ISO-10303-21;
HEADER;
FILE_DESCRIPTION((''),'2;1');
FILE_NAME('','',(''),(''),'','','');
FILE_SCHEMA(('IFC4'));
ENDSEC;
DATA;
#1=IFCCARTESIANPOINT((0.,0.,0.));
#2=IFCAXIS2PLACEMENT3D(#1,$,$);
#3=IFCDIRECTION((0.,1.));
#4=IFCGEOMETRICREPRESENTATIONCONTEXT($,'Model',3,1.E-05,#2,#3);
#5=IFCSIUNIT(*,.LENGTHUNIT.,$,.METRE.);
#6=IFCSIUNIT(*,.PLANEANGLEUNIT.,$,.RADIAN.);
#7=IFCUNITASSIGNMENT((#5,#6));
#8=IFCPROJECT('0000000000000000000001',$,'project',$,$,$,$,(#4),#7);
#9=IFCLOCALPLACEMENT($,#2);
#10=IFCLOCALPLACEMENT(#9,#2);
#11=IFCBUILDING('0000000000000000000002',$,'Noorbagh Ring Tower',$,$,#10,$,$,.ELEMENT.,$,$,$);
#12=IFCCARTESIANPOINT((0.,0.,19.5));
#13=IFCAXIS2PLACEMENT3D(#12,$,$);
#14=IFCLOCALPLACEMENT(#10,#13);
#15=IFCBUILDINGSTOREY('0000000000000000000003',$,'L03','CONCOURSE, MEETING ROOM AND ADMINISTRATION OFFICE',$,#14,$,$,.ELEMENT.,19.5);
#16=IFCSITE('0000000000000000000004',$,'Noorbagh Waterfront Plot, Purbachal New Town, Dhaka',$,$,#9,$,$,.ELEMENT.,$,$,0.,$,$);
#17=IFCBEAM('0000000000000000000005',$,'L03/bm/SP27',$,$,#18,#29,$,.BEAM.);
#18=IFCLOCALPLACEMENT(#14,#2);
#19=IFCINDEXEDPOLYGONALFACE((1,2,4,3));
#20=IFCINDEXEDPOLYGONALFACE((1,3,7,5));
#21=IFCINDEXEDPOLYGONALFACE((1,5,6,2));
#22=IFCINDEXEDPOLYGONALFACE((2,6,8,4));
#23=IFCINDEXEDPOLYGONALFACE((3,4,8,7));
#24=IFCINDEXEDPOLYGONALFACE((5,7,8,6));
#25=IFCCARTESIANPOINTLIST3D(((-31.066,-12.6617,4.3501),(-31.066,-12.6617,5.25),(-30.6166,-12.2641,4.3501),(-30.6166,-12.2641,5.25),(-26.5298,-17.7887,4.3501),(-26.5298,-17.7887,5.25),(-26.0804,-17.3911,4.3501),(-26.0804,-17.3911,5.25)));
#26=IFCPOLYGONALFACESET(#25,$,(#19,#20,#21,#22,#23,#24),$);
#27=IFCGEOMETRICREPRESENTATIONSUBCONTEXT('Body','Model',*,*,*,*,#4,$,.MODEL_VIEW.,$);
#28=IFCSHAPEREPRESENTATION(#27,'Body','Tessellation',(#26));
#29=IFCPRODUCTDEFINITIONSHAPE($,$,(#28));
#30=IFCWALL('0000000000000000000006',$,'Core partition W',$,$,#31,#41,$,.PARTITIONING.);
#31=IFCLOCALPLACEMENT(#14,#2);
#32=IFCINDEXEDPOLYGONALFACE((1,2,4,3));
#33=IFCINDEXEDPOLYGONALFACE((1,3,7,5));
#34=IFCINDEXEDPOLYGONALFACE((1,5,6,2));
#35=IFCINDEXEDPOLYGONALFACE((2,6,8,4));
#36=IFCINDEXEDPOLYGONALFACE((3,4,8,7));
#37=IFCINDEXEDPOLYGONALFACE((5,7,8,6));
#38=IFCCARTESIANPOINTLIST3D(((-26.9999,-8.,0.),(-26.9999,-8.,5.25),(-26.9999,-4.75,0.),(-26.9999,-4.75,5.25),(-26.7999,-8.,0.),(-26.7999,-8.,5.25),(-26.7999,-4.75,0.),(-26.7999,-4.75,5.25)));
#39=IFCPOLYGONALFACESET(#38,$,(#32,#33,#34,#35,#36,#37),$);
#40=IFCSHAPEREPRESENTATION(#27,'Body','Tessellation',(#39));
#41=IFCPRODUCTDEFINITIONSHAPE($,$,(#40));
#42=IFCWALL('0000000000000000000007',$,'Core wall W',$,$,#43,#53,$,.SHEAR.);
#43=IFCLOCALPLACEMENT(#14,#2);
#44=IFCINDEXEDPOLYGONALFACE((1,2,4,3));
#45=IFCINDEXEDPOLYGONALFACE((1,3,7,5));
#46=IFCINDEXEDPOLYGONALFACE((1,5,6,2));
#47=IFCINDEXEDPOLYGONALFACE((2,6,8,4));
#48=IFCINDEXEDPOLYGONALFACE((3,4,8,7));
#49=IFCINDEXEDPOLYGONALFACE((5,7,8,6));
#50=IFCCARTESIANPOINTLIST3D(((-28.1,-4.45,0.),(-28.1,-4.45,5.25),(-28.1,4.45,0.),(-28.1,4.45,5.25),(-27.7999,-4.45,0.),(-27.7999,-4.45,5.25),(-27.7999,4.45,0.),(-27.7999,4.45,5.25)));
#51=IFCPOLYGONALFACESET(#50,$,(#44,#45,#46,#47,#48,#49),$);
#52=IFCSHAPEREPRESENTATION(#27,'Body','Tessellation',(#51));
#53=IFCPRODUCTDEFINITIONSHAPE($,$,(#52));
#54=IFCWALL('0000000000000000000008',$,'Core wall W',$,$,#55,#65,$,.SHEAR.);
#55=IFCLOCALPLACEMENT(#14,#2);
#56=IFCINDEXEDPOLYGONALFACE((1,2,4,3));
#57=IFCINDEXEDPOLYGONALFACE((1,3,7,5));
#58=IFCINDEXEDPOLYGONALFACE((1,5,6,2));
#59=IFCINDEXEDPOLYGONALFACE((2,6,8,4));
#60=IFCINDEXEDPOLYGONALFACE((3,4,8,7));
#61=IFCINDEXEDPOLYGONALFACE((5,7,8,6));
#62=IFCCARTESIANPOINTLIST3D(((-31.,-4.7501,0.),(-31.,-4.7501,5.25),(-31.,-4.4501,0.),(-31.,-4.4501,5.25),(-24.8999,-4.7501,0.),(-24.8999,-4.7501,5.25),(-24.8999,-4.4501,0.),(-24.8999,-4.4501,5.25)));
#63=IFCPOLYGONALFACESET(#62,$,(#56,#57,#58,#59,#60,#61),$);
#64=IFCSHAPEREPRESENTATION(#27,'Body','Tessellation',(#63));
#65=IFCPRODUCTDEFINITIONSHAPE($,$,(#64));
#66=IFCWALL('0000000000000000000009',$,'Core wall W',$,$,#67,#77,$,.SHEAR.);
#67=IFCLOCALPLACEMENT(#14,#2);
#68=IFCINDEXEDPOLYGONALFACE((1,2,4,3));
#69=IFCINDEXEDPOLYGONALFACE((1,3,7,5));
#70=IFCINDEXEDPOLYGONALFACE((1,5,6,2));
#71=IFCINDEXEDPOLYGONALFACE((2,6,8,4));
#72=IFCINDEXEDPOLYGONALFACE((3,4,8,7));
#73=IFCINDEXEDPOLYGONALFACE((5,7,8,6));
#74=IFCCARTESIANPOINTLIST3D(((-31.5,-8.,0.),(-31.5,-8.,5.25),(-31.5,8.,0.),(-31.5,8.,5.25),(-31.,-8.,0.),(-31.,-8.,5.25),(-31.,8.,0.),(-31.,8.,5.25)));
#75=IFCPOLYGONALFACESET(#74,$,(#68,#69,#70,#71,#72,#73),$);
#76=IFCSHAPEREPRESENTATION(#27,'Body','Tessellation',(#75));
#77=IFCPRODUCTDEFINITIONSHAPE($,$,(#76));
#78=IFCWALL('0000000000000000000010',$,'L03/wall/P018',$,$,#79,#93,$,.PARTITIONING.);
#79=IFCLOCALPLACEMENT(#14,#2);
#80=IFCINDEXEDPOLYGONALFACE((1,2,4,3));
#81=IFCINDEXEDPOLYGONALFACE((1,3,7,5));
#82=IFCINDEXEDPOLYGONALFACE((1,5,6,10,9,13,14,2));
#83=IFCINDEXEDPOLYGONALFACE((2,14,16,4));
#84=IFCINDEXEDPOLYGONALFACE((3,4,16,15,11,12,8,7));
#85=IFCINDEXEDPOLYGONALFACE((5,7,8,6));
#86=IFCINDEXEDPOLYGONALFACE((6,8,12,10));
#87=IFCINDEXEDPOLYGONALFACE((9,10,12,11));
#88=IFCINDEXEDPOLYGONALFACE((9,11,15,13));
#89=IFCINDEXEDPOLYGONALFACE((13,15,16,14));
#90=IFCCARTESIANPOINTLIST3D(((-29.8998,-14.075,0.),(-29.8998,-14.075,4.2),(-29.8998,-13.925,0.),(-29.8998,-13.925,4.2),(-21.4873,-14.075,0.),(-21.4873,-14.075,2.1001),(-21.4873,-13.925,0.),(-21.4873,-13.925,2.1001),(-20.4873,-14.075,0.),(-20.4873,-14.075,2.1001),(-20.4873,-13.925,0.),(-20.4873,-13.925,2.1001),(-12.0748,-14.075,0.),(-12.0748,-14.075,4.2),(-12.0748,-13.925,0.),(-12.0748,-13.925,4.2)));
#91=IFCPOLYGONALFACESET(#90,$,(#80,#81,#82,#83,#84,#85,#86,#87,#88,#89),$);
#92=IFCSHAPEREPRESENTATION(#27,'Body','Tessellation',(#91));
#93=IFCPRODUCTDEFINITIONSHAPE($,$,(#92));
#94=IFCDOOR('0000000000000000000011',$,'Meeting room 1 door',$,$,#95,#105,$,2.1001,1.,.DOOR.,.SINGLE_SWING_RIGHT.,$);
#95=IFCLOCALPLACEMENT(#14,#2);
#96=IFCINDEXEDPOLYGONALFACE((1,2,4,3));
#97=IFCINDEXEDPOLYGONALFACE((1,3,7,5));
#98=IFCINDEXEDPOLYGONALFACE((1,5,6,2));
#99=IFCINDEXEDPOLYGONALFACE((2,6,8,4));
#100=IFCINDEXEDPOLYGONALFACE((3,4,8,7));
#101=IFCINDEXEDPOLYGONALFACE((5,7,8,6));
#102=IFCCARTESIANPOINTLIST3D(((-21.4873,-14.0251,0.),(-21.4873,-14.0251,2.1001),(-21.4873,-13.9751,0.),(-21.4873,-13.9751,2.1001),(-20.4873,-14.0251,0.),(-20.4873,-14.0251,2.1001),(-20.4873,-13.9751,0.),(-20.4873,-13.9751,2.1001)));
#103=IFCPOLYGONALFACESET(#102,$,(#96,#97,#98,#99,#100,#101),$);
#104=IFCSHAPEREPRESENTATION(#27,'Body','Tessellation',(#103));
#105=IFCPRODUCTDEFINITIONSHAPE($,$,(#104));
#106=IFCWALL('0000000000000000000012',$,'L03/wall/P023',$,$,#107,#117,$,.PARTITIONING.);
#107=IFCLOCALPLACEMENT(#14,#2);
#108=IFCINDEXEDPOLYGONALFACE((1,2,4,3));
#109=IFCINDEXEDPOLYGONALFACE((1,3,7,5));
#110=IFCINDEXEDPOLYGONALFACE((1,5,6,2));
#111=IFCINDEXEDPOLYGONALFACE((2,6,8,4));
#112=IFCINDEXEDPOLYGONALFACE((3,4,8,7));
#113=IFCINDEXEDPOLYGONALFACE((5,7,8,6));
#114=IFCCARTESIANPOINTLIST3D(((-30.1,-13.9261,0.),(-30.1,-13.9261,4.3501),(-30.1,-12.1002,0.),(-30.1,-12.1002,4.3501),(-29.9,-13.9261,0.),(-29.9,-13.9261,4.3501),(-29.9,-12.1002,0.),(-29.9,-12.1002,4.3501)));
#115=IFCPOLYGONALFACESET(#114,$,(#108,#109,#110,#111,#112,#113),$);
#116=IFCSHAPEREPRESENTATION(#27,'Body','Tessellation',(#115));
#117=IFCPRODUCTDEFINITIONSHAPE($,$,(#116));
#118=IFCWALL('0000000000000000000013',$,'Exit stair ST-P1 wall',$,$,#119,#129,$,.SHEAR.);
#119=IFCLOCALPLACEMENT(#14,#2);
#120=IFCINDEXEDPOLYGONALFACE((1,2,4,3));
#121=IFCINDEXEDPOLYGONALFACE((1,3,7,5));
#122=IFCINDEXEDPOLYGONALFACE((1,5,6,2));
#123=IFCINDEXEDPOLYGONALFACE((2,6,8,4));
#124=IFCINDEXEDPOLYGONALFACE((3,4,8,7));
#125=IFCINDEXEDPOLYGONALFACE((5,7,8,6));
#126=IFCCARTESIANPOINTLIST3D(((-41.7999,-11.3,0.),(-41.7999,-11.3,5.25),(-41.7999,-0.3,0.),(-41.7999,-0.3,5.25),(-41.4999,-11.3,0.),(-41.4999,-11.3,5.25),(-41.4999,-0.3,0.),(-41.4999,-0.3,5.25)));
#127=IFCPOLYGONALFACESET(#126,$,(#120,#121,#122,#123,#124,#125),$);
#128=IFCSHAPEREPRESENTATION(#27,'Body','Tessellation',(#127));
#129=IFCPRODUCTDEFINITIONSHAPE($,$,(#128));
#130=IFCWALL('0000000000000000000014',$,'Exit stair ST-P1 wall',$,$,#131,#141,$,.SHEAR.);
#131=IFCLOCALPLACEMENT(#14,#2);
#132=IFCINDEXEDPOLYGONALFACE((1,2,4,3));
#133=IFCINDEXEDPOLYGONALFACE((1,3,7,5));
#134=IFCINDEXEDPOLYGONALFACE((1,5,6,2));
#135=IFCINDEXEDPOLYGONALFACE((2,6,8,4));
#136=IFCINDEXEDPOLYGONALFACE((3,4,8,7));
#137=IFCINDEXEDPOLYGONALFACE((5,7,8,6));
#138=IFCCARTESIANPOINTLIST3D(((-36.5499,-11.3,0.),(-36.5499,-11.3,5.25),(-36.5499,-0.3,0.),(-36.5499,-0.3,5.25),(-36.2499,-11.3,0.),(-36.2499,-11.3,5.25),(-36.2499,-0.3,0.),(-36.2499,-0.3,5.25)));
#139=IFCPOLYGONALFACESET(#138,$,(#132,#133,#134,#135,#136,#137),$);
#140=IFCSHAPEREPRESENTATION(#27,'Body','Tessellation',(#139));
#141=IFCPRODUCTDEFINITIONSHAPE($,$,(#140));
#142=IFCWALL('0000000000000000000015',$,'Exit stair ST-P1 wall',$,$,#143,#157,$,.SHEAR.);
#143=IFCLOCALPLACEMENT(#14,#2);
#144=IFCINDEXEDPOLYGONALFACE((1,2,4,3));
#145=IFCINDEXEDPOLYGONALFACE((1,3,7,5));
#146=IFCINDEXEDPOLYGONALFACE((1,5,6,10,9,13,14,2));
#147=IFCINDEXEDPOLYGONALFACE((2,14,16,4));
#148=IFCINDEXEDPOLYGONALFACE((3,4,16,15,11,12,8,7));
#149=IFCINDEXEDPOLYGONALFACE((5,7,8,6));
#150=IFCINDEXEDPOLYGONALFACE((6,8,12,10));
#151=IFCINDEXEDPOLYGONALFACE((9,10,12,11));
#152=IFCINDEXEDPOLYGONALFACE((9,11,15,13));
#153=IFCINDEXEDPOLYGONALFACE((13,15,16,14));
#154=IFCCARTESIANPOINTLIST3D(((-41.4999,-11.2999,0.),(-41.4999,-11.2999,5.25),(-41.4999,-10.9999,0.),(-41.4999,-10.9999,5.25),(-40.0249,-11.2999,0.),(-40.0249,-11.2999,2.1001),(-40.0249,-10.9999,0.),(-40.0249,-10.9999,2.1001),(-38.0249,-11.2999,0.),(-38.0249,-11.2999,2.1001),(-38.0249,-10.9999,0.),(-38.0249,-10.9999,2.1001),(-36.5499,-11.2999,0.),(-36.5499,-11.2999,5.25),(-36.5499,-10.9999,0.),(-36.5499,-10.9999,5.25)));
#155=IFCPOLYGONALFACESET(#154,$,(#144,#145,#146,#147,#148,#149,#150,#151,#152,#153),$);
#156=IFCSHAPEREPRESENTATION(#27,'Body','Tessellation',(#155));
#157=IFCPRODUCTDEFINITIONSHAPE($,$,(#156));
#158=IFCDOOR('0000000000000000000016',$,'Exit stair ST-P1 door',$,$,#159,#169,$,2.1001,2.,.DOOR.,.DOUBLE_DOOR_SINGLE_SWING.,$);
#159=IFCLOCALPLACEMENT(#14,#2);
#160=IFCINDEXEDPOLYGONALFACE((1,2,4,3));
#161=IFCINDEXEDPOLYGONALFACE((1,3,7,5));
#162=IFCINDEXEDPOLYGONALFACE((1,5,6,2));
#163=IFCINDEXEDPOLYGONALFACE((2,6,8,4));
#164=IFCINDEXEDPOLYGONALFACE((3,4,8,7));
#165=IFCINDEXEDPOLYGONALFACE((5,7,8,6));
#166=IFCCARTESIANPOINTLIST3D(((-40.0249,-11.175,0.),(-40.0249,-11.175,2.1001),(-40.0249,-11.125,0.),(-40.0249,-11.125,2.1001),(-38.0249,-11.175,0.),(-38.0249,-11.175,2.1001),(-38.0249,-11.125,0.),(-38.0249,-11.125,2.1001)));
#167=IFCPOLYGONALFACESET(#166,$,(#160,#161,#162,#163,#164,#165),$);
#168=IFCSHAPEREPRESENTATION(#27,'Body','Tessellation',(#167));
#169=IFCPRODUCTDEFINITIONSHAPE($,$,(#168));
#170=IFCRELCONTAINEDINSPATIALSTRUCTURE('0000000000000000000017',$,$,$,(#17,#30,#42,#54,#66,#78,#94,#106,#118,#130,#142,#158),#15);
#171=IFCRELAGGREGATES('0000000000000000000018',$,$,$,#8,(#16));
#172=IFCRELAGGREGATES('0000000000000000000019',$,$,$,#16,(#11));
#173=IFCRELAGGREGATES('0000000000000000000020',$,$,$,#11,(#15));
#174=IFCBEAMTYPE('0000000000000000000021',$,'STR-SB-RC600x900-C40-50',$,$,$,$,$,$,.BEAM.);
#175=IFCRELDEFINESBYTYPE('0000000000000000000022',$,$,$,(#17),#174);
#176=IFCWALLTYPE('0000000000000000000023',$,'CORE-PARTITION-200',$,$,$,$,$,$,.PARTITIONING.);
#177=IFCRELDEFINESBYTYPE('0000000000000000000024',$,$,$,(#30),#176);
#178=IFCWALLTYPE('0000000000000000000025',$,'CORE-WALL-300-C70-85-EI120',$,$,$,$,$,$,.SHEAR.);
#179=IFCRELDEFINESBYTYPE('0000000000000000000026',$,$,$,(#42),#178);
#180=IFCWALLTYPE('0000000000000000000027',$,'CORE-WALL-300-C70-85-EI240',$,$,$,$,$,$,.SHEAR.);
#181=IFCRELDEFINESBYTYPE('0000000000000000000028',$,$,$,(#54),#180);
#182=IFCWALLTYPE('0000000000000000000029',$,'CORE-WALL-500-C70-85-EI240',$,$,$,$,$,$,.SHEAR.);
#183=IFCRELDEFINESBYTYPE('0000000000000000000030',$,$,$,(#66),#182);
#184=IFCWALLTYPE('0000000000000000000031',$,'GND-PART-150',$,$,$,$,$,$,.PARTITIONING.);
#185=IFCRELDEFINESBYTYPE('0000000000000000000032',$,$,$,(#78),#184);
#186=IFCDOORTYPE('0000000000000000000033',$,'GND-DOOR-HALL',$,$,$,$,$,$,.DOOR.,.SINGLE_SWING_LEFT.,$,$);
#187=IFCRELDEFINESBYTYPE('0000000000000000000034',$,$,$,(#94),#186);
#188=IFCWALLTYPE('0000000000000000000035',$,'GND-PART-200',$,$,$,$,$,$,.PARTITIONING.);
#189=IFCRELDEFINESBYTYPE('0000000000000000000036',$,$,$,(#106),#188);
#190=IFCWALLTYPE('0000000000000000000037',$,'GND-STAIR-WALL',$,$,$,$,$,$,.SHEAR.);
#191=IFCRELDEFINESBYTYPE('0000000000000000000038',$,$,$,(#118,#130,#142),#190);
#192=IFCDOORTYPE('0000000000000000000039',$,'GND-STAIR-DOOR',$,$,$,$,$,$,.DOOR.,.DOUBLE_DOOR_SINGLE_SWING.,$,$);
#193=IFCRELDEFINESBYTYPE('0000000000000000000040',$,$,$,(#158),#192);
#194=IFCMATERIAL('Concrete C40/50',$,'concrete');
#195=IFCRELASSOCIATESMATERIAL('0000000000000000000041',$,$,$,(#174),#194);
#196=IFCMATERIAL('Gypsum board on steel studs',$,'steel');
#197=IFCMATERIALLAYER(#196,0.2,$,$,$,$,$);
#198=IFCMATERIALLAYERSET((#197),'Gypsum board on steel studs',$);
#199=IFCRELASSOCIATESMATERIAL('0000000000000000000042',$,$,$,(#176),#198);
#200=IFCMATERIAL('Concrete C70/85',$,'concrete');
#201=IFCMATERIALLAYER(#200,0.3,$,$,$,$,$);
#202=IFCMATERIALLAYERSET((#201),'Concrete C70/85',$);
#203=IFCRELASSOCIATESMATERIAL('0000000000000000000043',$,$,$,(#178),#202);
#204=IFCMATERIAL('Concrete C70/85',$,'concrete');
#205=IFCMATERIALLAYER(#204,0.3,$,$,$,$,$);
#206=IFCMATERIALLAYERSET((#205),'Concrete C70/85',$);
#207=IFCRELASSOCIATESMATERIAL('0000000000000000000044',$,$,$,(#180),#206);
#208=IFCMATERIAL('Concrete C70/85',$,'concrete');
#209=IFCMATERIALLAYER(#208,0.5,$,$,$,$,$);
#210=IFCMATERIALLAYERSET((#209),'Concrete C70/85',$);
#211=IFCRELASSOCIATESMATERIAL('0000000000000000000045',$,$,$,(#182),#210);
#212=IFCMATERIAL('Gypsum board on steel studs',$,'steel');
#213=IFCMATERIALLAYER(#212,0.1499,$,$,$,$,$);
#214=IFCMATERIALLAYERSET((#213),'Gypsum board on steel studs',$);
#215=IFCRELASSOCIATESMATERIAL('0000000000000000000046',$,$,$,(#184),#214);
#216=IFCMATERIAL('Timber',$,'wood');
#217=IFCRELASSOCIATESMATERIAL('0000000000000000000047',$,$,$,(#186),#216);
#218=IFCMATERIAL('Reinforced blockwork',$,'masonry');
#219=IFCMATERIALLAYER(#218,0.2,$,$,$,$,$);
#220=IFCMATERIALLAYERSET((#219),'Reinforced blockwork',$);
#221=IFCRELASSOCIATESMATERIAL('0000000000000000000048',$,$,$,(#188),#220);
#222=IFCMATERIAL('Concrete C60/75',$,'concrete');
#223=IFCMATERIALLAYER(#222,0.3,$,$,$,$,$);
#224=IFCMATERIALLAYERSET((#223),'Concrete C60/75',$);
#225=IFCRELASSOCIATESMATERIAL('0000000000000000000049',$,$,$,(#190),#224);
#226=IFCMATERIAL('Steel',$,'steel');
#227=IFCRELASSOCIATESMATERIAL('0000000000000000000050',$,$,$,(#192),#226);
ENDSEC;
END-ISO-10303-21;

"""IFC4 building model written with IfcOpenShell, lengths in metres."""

from ifc_helpers import new_model, si_unit, direction, frame, frame_2d, origin, origin_2d, place, context, subcontext, project, spatial, rectangle, extrude, material, layer, layer_set, material_profile, profile_set, type_object, element, fill, save


model = new_model("IFC4")

# Units and contexts
model_context = context("Model", 3, precision=1e-05, world=origin(), true_north=direction((0.0, 1.0)))
body_context = subcontext(model_context, "Body", "Model", "MODEL_VIEW")
ifc_project = project(units=[si_unit("LENGTHUNIT", "METRE"), si_unit("PLANEANGLEUNIT", "RADIAN")], contexts=[model_context])

# Site, building, storey
site_placement = place(None, origin())
site = spatial("IfcSite", under=ifc_project, at=site_placement, Name="Noorbagh Waterfront Plot, Purbachal New Town, Dhaka", CompositionType="ELEMENT", RefElevation=0.0)
building_placement = place(site_placement, origin())
building = spatial("IfcBuilding", under=site, at=building_placement, Name="Noorbagh Ring Tower", CompositionType="ELEMENT")
storey_placement = place(building_placement, frame((0.0, 0.0, 19.5)))
storey = spatial("IfcBuildingStorey", under=building, at=storey_placement, Name="L03", Description="CONCOURSE, MEETING ROOM AND ADMINISTRATION OFFICE", CompositionType="ELEMENT", Elevation=19.5)

# Beam
ifc_material_1 = material(Name="Concrete C40/50", Category="concrete")
ifc_material_profile_1 = material_profile(ifc_material_1, rectangle(XDim=0.6001, YDim=0.8999, at=origin_2d()), Name="RC600x900")
ifc_profile_set_1 = profile_set([ifc_material_profile_1], Name="Concrete C40/50")
beam_type_1 = type_object("IfcBeamType", Name="STR-SB-RC600x900-C40-50", PredefinedType="BEAM", material=ifc_profile_set_1)
beam_1_placement = place(storey_placement, frame((-30.8413, -12.4629, 4.8), z_axis=(0.662635, -0.748942, 0.0), x_axis=(0.748942, 0.662635, 0.0)))
element("IfcBeam", 1, at=beam_1_placement, inside=storey, type_object=beam_type_1, Name="L03/bm/SP27", PredefinedType="BEAM", context=body_context, shape_type="SweptSolid", body=[
    extrude(rectangle(XDim=0.6001, YDim=0.8999, at=origin_2d()), origin(), (0.0, 0.0, 1.0), 6.8457),
])

# Walls
ifc_material_2 = material(Name="Gypsum board on steel studs", Category="steel")
ifc_layer_1 = layer(ifc_material_2, 0.2)
ifc_layer_set_1 = layer_set([ifc_layer_1], Name="Gypsum board on steel studs")
wall_type_1 = type_object("IfcWallType", Name="CORE-PARTITION-200", PredefinedType="PARTITIONING", material=ifc_layer_set_1)
wall_1_placement = place(storey_placement, frame((-26.8999, -8.0, 0.0), z_axis=(0.0, 0.0, 1.0), x_axis=(0.0, 1.0, 0.0)))
element("IfcWall", 2, at=wall_1_placement, inside=storey, type_object=wall_type_1, Name="Core partition W", PredefinedType="PARTITIONING", context=body_context, shape_type="SweptSolid", body=[
    extrude(rectangle(XDim=3.25, YDim=0.2, at=frame_2d((1.625, 0.0))), origin(), (0.0, 0.0, 1.0), 5.25),
])
ifc_material_3 = material(Name="Concrete C70/85", Category="concrete")
ifc_layer_2 = layer(ifc_material_3, 0.3)
ifc_layer_set_2 = layer_set([ifc_layer_2], Name="Concrete C70/85")
wall_type_2 = type_object("IfcWallType", Name="CORE-WALL-300-C70-85-EI120", PredefinedType="SHEAR", material=ifc_layer_set_2)
wall_2_placement = place(storey_placement, frame((-27.95, -4.45, 0.0), z_axis=(0.0, 0.0, 1.0), x_axis=(0.0, 1.0, 0.0)))
element("IfcWall", 3, at=wall_2_placement, inside=storey, type_object=wall_type_2, Name="Core wall W", PredefinedType="SHEAR", context=body_context, shape_type="SweptSolid", body=[
    extrude(rectangle(XDim=8.8999, YDim=0.3, at=frame_2d((4.45, 0.0))), origin(), (0.0, 0.0, 1.0), 5.25),
])
ifc_material_4 = material(Name="Concrete C70/85", Category="concrete")
ifc_layer_3 = layer(ifc_material_4, 0.3)
ifc_layer_set_3 = layer_set([ifc_layer_3], Name="Concrete C70/85")
wall_type_3 = type_object("IfcWallType", Name="CORE-WALL-300-C70-85-EI240", PredefinedType="SHEAR", material=ifc_layer_set_3)
wall_3_placement = place(storey_placement, frame((-24.8999, -4.6001, 0.0), z_axis=(0.0, 0.0, 1.0), x_axis=(-1.0, 0.0, 0.0)))
element("IfcWall", 4, at=wall_3_placement, inside=storey, type_object=wall_type_3, Name="Core wall W", PredefinedType="SHEAR", context=body_context, shape_type="SweptSolid", body=[
    extrude(rectangle(XDim=6.1001, YDim=0.3, at=frame_2d((3.05, 0.0))), origin(), (0.0, 0.0, 1.0), 5.25),
])
ifc_material_5 = material(Name="Concrete C70/85", Category="concrete")
ifc_layer_4 = layer(ifc_material_5, 0.5)
ifc_layer_set_4 = layer_set([ifc_layer_4], Name="Concrete C70/85")
wall_type_4 = type_object("IfcWallType", Name="CORE-WALL-500-C70-85-EI240", PredefinedType="SHEAR", material=ifc_layer_set_4)
wall_4_placement = place(storey_placement, frame((-31.25, -8.0, 0.0), z_axis=(0.0, 0.0, 1.0), x_axis=(0.0, 1.0, 0.0)))
element("IfcWall", 5, at=wall_4_placement, inside=storey, type_object=wall_type_4, Name="Core wall W", PredefinedType="SHEAR", context=body_context, shape_type="SweptSolid", body=[
    extrude(rectangle(XDim=16.0, YDim=0.5, at=frame_2d((8.0, 0.0))), origin(), (0.0, 0.0, 1.0), 5.25),
])

# Wall, opening, door
ifc_material_6 = material(Name="Gypsum board on steel studs", Category="steel")
ifc_layer_5 = layer(ifc_material_6, 0.1499)
ifc_layer_set_5 = layer_set([ifc_layer_5], Name="Gypsum board on steel studs")
wall_type_5 = type_object("IfcWallType", Name="GND-PART-150", PredefinedType="PARTITIONING", material=ifc_layer_set_5)
wall_5_placement = place(storey_placement, frame((-29.8999, -14.0, 0.0), z_axis=(0.0, 0.0, 1.0), x_axis=(1.0, 0.0, 0.0)))
wall_5 = element("IfcWall", 6, at=wall_5_placement, inside=storey, type_object=wall_type_5, Name="L03/wall/P018", PredefinedType="PARTITIONING", context=body_context, shape_type="SweptSolid", body=[
    extrude(rectangle(XDim=17.825, YDim=0.1499, at=frame_2d((8.9126, 0.0))), origin(), (0.0, 0.0, 1.0), 4.2),
])
opening_1_placement = place(wall_5_placement, frame((8.4126, 0.0, 0.0)))
opening_1 = element("IfcOpeningElement", 7, at=opening_1_placement, cuts=wall_5, PredefinedType="OPENING", context=body_context, shape_type="SweptSolid", body=[
    extrude(rectangle(XDim=1.0, YDim=2.1001, at=frame_2d((0.5, 1.05))), frame((0.0, 0.085, 0.0), z_axis=(0.0, -1.0, 0.0), x_axis=(1.0, 0.0, 0.0)), (0.0, 0.0, 1.0), 0.1699),
])
ifc_material_7 = material(Name="Timber", Category="wood")
door_type_1 = type_object("IfcDoorType", Name="GND-DOOR-HALL", OperationType="SINGLE_SWING_LEFT", PredefinedType="DOOR", material=ifc_material_7)
door_1_placement = place(opening_1_placement, origin())
door_1 = element("IfcDoor", 8, at=door_1_placement, inside=storey, type_object=door_type_1, Name="Meeting room 1 door", OperationType="SINGLE_SWING_RIGHT", OverallHeight=2.1001, OverallWidth=1.0, PredefinedType="DOOR", context=body_context, shape_type="SweptSolid", body=[
    extrude(rectangle(XDim=1.0, YDim=2.1001, at=frame_2d((0.5, 1.05))), frame((0.0, 0.0249, 0.0), z_axis=(0.0, -1.0, 0.0), x_axis=(1.0, 0.0, 0.0)), (0.0, 0.0, 1.0), 0.05),
])
fill(opening_1, door_1)

# Walls
ifc_material_8 = material(Name="Reinforced blockwork", Category="masonry")
ifc_layer_6 = layer(ifc_material_8, 0.2)
ifc_layer_set_6 = layer_set([ifc_layer_6], Name="Reinforced blockwork")
wall_type_6 = type_object("IfcWallType", Name="GND-PART-200", PredefinedType="PARTITIONING", material=ifc_layer_set_6)
wall_6_placement = place(storey_placement, frame((-30.0, -12.1001, 0.0), z_axis=(0.0, 0.0, 1.0), x_axis=(0.0, -1.0, 0.0)))
element("IfcWall", 9, at=wall_6_placement, inside=storey, type_object=wall_type_6, Name="L03/wall/P023", PredefinedType="PARTITIONING", context=body_context, shape_type="SweptSolid", body=[
    extrude(rectangle(XDim=1.8259, YDim=0.2, at=frame_2d((0.9131, 0.0))), origin(), (0.0, 0.0, 1.0), 4.3501),
])
ifc_material_9 = material(Name="Concrete C60/75", Category="concrete")
ifc_layer_7 = layer(ifc_material_9, 0.3)
ifc_layer_set_7 = layer_set([ifc_layer_7], Name="Concrete C60/75")
wall_type_7 = type_object("IfcWallType", Name="GND-STAIR-WALL", PredefinedType="SHEAR", material=ifc_layer_set_7)
for number, where, z_axis, x_axis, name in (
    (10, (-41.6499, -11.3, 0.0), (0.0, 0.0, 1.0), (0.0, 1.0, 0.0), "Exit stair ST-P1 wall"),
    (11, (-36.3999, -11.3, 0.0), (0.0, 0.0, 1.0), (0.0, 1.0, 0.0), "Exit stair ST-P1 wall"),
):
    element("IfcWall", number, at=place(storey_placement, frame(where, z_axis=z_axis, x_axis=x_axis)), inside=storey, type_object=wall_type_7, Name=name, PredefinedType="SHEAR", context=body_context, shape_type="SweptSolid", body=[
        extrude(rectangle(XDim=11.0, YDim=0.3, at=frame_2d((5.5, 0.0))), origin(), (0.0, 0.0, 1.0), 5.25),
    ])

# Wall, opening, door
wall_7_placement = place(storey_placement, frame((-41.5, -11.1499, 0.0), z_axis=(0.0, 0.0, 1.0), x_axis=(1.0, 0.0, 0.0)))
wall_7 = element("IfcWall", 12, at=wall_7_placement, inside=storey, type_object=wall_type_7, Name="Exit stair ST-P1 wall", PredefinedType="SHEAR", context=body_context, shape_type="SweptSolid", body=[
    extrude(rectangle(XDim=4.95, YDim=0.3, at=frame_2d((2.4751, 0.0))), origin(), (0.0, 0.0, 1.0), 5.25),
])
opening_2_placement = place(wall_7_placement, frame((1.4751, 0.0, 0.0)))
opening_2 = element("IfcOpeningElement", 13, at=opening_2_placement, cuts=wall_7, PredefinedType="OPENING", context=body_context, shape_type="SweptSolid", body=[
    extrude(rectangle(XDim=2.0, YDim=2.1001, at=frame_2d((1.0, 1.05))), frame((0.0, 0.1602, 0.0), z_axis=(0.0, -1.0, 0.0), x_axis=(1.0, 0.0, 0.0)), (0.0, 0.0, 1.0), 0.3201),
])
ifc_material_10 = material(Name="Steel", Category="steel")
door_type_2 = type_object("IfcDoorType", Name="GND-STAIR-DOOR", OperationType="DOUBLE_DOOR_SINGLE_SWING", PredefinedType="DOOR", material=ifc_material_10)
door_2_placement = place(opening_2_placement, origin())
door_2 = element("IfcDoor", 14, at=door_2_placement, inside=storey, type_object=door_type_2, Name="Exit stair ST-P1 door", OperationType="DOUBLE_DOOR_SINGLE_SWING", OverallHeight=2.1001, OverallWidth=2.0, PredefinedType="DOOR", context=body_context, shape_type="SweptSolid", body=[
    extrude(rectangle(XDim=2.0, YDim=2.1001, at=frame_2d((1.0, 1.05))), frame((0.0, 0.0249, 0.0), z_axis=(0.0, -1.0, 0.0), x_axis=(1.0, 0.0, 0.0)), (0.0, 0.0, 1.0), 0.05),
])
fill(opening_2, door_2)

save(model, "model.ifc")
